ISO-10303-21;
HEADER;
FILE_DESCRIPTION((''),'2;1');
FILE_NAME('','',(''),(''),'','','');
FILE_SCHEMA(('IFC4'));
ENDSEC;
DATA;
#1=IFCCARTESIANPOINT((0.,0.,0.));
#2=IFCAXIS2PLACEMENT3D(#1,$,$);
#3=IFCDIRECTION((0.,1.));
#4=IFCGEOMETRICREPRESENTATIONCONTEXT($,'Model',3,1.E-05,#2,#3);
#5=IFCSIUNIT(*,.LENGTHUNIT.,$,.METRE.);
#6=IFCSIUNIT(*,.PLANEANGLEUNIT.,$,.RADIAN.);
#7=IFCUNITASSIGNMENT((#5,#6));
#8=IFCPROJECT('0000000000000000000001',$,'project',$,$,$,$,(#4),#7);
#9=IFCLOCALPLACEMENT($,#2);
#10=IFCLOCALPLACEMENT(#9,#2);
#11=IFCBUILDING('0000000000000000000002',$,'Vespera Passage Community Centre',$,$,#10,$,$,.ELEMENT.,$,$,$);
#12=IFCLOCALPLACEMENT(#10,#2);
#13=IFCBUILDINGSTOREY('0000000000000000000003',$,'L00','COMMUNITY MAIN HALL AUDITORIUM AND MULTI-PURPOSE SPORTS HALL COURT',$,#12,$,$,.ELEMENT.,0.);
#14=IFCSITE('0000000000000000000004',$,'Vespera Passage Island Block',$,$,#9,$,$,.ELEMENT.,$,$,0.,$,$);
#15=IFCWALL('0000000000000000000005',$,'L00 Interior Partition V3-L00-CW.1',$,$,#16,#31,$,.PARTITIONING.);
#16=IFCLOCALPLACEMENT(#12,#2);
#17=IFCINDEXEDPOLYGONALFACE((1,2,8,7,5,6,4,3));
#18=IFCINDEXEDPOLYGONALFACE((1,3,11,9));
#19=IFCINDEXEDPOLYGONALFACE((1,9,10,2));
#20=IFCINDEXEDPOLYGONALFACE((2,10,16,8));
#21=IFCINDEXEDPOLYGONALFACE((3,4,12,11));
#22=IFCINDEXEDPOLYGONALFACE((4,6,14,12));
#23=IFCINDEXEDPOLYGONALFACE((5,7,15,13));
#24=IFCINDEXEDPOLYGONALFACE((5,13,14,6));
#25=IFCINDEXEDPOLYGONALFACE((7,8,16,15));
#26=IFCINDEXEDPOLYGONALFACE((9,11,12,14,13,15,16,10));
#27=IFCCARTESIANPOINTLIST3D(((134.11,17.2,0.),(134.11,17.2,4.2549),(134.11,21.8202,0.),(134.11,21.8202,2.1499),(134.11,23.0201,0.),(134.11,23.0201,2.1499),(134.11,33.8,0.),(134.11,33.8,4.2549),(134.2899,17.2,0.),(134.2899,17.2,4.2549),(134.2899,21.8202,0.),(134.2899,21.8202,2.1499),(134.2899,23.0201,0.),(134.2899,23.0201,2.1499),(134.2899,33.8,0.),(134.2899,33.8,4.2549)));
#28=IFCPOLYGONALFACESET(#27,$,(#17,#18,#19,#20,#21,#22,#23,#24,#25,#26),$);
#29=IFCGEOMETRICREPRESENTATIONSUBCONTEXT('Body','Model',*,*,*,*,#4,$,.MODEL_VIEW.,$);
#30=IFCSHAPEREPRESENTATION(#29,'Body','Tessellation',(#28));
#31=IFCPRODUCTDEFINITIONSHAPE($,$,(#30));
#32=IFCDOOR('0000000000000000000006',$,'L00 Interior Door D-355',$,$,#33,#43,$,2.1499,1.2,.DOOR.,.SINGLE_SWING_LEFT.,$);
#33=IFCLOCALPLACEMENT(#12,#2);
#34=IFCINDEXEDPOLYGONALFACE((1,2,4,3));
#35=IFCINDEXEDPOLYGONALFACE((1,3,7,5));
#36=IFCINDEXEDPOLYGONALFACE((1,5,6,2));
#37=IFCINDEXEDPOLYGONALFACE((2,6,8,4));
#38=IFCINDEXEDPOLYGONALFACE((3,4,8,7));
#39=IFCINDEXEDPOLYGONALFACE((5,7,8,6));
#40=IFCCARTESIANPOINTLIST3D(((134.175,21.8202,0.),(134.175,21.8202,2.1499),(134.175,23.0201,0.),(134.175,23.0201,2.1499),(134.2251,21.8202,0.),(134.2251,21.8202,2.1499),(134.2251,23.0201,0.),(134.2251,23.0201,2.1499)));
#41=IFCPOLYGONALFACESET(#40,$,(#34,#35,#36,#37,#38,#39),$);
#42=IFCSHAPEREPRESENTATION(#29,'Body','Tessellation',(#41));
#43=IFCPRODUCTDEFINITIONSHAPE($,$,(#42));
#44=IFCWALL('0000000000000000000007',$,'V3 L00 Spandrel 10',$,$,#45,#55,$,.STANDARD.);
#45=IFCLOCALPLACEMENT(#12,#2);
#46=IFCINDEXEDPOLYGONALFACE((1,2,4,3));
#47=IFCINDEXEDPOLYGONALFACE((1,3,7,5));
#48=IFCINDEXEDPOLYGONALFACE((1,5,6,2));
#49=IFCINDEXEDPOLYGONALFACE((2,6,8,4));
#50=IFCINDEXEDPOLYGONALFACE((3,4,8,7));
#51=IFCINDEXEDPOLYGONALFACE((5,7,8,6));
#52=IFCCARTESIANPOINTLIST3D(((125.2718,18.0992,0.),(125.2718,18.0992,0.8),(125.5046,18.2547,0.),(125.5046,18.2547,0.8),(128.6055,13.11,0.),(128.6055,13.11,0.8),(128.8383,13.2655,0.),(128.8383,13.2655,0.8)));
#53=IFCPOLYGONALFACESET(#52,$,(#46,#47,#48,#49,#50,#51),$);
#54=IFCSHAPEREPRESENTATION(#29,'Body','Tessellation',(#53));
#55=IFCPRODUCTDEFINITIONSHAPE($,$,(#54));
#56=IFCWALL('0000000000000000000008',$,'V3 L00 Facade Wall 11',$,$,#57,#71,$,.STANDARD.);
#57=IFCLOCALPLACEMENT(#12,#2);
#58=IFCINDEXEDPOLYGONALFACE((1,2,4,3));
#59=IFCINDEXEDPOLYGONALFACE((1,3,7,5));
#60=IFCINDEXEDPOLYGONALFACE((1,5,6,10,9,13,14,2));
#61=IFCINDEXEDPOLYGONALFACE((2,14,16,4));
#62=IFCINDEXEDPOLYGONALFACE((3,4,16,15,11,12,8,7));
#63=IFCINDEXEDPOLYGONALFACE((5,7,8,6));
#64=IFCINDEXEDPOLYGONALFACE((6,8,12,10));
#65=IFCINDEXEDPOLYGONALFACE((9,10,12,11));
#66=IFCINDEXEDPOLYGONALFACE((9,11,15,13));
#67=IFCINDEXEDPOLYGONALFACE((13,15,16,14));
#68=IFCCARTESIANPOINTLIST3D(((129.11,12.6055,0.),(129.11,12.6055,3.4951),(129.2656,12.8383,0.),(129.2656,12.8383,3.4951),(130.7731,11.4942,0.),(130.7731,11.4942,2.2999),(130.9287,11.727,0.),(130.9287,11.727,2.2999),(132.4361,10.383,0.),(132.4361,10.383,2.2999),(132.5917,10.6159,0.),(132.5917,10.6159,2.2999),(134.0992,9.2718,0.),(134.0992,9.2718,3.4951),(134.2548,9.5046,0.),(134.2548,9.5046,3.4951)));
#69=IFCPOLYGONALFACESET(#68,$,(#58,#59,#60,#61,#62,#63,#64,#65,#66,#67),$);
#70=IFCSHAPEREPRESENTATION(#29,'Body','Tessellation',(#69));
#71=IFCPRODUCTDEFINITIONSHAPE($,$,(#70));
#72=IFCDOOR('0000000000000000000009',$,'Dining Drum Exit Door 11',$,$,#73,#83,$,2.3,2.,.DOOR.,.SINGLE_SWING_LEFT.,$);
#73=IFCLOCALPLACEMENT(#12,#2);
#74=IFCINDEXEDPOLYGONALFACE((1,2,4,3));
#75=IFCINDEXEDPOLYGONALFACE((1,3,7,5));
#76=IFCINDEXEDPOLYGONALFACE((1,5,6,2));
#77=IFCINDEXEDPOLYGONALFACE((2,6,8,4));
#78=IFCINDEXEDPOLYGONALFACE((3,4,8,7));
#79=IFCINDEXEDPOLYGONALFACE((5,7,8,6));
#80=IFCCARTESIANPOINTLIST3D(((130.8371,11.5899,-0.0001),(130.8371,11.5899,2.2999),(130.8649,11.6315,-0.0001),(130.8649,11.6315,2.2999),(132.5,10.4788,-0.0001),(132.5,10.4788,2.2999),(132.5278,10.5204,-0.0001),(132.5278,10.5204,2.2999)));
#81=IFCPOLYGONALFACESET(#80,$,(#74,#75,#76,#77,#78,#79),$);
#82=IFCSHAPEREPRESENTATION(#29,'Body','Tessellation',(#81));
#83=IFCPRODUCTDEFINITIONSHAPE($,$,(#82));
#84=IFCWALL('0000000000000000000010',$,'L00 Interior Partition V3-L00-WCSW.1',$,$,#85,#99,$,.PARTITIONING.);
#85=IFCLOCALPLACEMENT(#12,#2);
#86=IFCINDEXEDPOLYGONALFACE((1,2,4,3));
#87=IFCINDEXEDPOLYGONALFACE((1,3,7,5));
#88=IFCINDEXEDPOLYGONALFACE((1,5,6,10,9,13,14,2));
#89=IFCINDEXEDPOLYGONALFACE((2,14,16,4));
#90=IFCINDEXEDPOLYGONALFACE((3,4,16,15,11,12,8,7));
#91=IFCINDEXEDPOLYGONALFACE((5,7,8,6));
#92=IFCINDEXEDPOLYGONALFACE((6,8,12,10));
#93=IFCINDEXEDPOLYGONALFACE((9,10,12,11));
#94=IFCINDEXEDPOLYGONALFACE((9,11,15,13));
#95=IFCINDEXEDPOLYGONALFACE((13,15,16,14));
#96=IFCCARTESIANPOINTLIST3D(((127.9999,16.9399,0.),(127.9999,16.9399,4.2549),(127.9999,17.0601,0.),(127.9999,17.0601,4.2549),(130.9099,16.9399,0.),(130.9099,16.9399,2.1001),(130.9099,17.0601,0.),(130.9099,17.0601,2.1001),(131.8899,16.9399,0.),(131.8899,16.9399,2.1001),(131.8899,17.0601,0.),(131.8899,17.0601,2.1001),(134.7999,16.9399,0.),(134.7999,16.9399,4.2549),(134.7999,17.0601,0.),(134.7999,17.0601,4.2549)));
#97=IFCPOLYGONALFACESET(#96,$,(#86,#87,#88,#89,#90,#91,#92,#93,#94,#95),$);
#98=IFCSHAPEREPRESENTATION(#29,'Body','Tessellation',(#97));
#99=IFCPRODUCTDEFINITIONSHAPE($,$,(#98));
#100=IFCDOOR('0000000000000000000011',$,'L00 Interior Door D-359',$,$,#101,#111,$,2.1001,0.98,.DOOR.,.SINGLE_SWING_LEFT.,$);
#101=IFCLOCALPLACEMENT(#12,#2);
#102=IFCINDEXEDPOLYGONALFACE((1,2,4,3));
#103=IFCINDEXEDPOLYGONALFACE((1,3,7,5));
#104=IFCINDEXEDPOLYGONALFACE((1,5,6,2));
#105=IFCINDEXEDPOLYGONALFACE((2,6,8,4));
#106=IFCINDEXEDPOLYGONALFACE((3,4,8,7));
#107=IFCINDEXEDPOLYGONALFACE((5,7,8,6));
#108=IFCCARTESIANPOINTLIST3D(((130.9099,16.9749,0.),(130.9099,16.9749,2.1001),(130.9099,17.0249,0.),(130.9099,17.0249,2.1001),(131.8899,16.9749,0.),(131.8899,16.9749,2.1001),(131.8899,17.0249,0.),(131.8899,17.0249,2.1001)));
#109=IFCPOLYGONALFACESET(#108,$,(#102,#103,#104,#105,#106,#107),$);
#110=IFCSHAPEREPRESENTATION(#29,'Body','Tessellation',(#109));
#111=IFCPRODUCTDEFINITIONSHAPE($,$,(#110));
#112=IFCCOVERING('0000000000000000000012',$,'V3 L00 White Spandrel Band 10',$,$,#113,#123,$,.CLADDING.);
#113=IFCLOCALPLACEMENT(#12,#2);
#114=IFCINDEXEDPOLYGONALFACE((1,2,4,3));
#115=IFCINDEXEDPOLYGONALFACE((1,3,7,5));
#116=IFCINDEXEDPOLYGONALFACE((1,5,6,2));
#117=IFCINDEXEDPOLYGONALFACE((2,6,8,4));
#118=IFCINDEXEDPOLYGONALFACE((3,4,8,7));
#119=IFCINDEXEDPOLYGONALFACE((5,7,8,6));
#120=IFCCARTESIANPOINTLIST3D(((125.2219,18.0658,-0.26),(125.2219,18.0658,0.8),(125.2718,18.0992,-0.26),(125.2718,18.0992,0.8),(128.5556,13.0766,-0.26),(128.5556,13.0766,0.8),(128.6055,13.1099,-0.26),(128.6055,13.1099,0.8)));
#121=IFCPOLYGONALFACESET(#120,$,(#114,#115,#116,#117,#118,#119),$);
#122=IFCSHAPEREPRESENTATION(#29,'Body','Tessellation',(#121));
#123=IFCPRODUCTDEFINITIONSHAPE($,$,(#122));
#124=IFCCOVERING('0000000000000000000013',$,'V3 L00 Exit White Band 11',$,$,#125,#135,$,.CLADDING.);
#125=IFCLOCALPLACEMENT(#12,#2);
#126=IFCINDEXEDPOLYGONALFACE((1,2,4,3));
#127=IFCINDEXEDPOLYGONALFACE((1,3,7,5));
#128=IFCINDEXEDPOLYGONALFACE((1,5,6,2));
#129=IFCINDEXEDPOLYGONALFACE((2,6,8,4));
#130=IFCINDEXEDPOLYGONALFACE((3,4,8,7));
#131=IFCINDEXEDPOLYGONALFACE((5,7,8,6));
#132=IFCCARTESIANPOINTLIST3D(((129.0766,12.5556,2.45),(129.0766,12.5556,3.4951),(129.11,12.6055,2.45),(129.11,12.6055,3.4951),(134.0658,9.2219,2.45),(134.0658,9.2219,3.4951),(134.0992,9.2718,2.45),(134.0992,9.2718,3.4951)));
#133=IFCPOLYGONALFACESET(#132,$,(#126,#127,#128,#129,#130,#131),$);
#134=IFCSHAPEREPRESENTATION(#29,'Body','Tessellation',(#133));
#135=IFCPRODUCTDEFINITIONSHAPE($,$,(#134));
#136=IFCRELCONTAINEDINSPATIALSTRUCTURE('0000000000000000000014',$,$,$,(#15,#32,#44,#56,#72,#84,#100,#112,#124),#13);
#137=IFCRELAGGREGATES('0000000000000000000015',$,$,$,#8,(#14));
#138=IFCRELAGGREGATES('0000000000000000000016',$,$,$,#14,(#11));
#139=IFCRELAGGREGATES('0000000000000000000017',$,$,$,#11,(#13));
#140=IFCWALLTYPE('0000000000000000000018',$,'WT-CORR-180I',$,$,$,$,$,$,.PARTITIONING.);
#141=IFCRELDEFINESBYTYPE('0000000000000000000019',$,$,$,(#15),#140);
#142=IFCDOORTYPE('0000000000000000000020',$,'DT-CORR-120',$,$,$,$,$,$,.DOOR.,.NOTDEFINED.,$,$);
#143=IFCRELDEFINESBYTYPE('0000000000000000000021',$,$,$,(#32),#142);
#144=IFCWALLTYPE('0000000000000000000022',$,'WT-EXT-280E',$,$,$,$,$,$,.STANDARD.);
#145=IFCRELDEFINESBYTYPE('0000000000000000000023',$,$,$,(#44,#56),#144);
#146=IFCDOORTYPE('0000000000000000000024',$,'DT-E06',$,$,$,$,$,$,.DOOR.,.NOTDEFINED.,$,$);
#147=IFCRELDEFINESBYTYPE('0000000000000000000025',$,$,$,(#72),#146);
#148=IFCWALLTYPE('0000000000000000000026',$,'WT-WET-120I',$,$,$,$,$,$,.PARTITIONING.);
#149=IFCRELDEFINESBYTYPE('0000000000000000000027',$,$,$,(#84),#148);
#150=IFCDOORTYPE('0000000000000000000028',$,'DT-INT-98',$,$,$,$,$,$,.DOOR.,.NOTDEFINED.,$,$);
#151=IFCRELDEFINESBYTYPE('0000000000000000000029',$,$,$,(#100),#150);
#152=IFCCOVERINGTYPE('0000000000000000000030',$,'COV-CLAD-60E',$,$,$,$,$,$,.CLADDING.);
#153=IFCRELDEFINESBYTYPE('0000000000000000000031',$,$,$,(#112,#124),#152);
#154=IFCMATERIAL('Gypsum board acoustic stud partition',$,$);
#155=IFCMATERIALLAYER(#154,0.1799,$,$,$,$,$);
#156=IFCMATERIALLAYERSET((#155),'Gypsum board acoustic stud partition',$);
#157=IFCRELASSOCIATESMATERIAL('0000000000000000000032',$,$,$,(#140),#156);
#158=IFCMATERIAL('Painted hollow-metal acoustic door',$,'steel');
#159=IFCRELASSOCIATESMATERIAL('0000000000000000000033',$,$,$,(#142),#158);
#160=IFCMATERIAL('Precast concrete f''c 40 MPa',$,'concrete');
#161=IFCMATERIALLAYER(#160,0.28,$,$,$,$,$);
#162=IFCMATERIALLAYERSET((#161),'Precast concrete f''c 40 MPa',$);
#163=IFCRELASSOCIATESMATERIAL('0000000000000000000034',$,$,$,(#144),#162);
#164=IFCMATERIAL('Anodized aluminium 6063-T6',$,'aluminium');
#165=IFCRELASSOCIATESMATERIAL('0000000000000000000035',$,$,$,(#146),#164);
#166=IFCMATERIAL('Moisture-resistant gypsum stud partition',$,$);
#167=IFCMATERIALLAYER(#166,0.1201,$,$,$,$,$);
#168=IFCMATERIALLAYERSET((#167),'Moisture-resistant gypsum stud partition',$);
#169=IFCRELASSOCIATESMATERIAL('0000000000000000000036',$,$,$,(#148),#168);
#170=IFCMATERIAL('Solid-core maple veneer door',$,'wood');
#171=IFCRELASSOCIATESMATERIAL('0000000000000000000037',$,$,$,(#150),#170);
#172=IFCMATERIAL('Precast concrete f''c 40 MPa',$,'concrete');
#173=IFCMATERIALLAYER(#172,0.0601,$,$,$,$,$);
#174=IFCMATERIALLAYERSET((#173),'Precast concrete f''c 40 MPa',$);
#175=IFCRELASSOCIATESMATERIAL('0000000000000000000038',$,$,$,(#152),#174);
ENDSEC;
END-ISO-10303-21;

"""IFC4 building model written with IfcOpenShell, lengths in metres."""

from ifc_helpers import new_model, si_unit, direction, frame, frame_2d, origin, place, context, subcontext, project, spatial, rectangle, extrude, material, layer, layer_set, type_object, element, fill, save


model = new_model("IFC4")

# Units and contexts
model_context = context("Model", 3, precision=1e-05, world=origin(), true_north=direction((0.0, 1.0)))
body_context = subcontext(model_context, "Body", "Model", "MODEL_VIEW")
ifc_project = project(units=[si_unit("LENGTHUNIT", "METRE"), si_unit("PLANEANGLEUNIT", "RADIAN")], contexts=[model_context])

# Site, building, storey
site_placement = place(None, origin())
site = spatial("IfcSite", under=ifc_project, at=site_placement, Name="Vespera Passage Island Block", CompositionType="ELEMENT", RefElevation=0.0)
building_placement = place(site_placement, origin())
building = spatial("IfcBuilding", under=site, at=building_placement, Name="Vespera Passage Community Centre", CompositionType="ELEMENT")
storey_placement = place(building_placement, origin())
storey = spatial("IfcBuildingStorey", under=building, at=storey_placement, Name="L00", Description="COMMUNITY MAIN HALL AUDITORIUM AND MULTI-PURPOSE SPORTS HALL COURT", CompositionType="ELEMENT", Elevation=0.0)

# Wall, opening, door
ifc_material_1 = material(Name="Gypsum board acoustic stud partition")
ifc_layer_1 = layer(ifc_material_1, 0.1799)
ifc_layer_set_1 = layer_set([ifc_layer_1], Name="Gypsum board acoustic stud partition")
wall_type_1 = type_object("IfcWallType", Name="WT-CORR-180I", PredefinedType="PARTITIONING", material=ifc_layer_set_1)
wall_1_placement = place(storey_placement, frame((134.2, 17.2, 0.0), z_axis=(0.0, 0.0, 1.0), x_axis=(0.0, 1.0, 0.0)))
wall_1 = element("IfcWall", 1, at=wall_1_placement, inside=storey, type_object=wall_type_1, Name="L00 Interior Partition V3-L00-CW.1", PredefinedType="PARTITIONING", context=body_context, shape_type="SweptSolid", body=[
    extrude(rectangle(XDim=16.6001, YDim=0.1799, at=frame_2d((8.3, 0.0))), origin(), (0.0, 0.0, 1.0), 4.2549),
])
opening_1_placement = place(wall_1_placement, frame((4.6201, 0.0, 0.0)))
opening_1 = element("IfcOpeningElement", 2, at=opening_1_placement, cuts=wall_1, PredefinedType="OPENING", context=body_context, shape_type="SweptSolid", body=[
    extrude(rectangle(XDim=1.2, YDim=2.1499, at=frame_2d((0.6001, 1.075))), frame((0.0, 0.0999, 0.0), z_axis=(0.0, -1.0, 0.0), x_axis=(1.0, 0.0, 0.0)), (0.0, 0.0, 1.0), 0.2),
])
ifc_material_2 = material(Name="Painted hollow-metal acoustic door", Category="steel")
door_type_1 = type_object("IfcDoorType", Name="DT-CORR-120", OperationType="NOTDEFINED", PredefinedType="DOOR", material=ifc_material_2)
door_1_placement = place(opening_1_placement, origin())
door_1 = element("IfcDoor", 3, at=door_1_placement, inside=storey, type_object=door_type_1, Name="L00 Interior Door D-355", OperationType="SINGLE_SWING_LEFT", OverallHeight=2.1499, OverallWidth=1.2, PredefinedType="DOOR", context=body_context, shape_type="SweptSolid", body=[
    extrude(rectangle(XDim=1.2, YDim=2.1499, at=frame_2d((0.6001, 1.075))), frame((0.0, 0.0249, 0.0), z_axis=(0.0, -1.0, 0.0), x_axis=(1.0, 0.0, 0.0)), (0.0, 0.0, 1.0), 0.05),
])
fill(opening_1, door_1)

# Wall
ifc_material_3 = material(Name="Precast concrete f'c 40 MPa", Category="concrete")
ifc_layer_2 = layer(ifc_material_3, 0.28)
ifc_layer_set_2 = layer_set([ifc_layer_2], Name="Precast concrete f'c 40 MPa")
wall_type_2 = type_object("IfcWallType", Name="WT-EXT-280E", PredefinedType="STANDARD", material=ifc_layer_set_2)
wall_2_placement = place(storey_placement, frame((128.7219, 13.1877, 0.0), z_axis=(0.0, 0.0, 1.0), x_axis=(-0.555573, 0.831468, 0.0)))
element("IfcWall", 4, at=wall_2_placement, inside=storey, type_object=wall_type_2, Name="V3 L00 Spandrel 10", PredefinedType="STANDARD", context=body_context, shape_type="SweptSolid", body=[
    extrude(rectangle(XDim=6.0005, YDim=0.28, at=frame_2d((3.0002, 0.0))), origin(), (0.0, 0.0, 1.0), 0.8),
])

# Walls, openings, doors
wall_3_placement = place(storey_placement, frame((134.177, 9.3882, 0.0), z_axis=(0.0, 0.0, 1.0), x_axis=(-0.831468, 0.555573, 0.0)))
wall_3 = element("IfcWall", 5, at=wall_3_placement, inside=storey, type_object=wall_type_2, Name="V3 L00 Facade Wall 11", PredefinedType="STANDARD", context=body_context, shape_type="SweptSolid", body=[
    extrude(rectangle(XDim=6.0005, YDim=0.28, at=frame_2d((3.0002, 0.0))), origin(), (0.0, 0.0, 1.0), 3.4951),
])
opening_2_placement = place(wall_3_placement, frame((2.0002, 0.0, 0.0)))
opening_2 = element("IfcOpeningElement", 6, at=opening_2_placement, cuts=wall_3, PredefinedType="OPENING", context=body_context, shape_type="SweptSolid", body=[
    extrude(rectangle(XDim=2.0, YDim=2.3, at=frame_2d((1.0, 1.1499))), frame((0.0, 0.1501, 0.0), z_axis=(0.0, -1.0, 0.0), x_axis=(1.0, 0.0, 0.0)), (0.0, 0.0, 1.0), 0.3),
])
ifc_material_4 = material(Name="Anodized aluminium 6063-T6", Category="aluminium")
door_type_2 = type_object("IfcDoorType", Name="DT-E06", OperationType="NOTDEFINED", PredefinedType="DOOR", material=ifc_material_4)
door_2_placement = place(opening_2_placement, origin())
door_2 = element("IfcDoor", 7, at=door_2_placement, inside=storey, type_object=door_type_2, Name="Dining Drum Exit Door 11", OperationType="SINGLE_SWING_LEFT", OverallHeight=2.3, OverallWidth=2.0, PredefinedType="DOOR", context=body_context, shape_type="SweptSolid", body=[
    extrude(rectangle(XDim=2.0, YDim=2.3, at=frame_2d((1.0, 1.1499))), frame((0.0, 0.0249, 0.0), z_axis=(0.0, -1.0, 0.0), x_axis=(1.0, 0.0, 0.0)), (0.0, 0.0, 1.0), 0.05),
])
fill(opening_2, door_2)
ifc_material_5 = material(Name="Moisture-resistant gypsum stud partition")
ifc_layer_3 = layer(ifc_material_5, 0.1201)
ifc_layer_set_3 = layer_set([ifc_layer_3], Name="Moisture-resistant gypsum stud partition")
wall_type_3 = type_object("IfcWallType", Name="WT-WET-120I", PredefinedType="PARTITIONING", material=ifc_layer_set_3)
wall_4_placement = place(storey_placement, frame((128.0, 17.0, 0.0), z_axis=(0.0, 0.0, 1.0), x_axis=(1.0, 0.0, 0.0)))
wall_4 = element("IfcWall", 8, at=wall_4_placement, inside=storey, type_object=wall_type_3, Name="L00 Interior Partition V3-L00-WCSW.1", PredefinedType="PARTITIONING", context=body_context, shape_type="SweptSolid", body=[
    extrude(rectangle(XDim=6.8, YDim=0.1201, at=frame_2d((3.3999, 0.0))), origin(), (0.0, 0.0, 1.0), 4.2549),
])
opening_3_placement = place(wall_4_placement, frame((2.9099, 0.0, 0.0)))
opening_3 = element("IfcOpeningElement", 9, at=opening_3_placement, cuts=wall_4, PredefinedType="OPENING", context=body_context, shape_type="SweptSolid", body=[
    extrude(rectangle(XDim=0.98, YDim=2.1001, at=frame_2d((0.49, 1.05))), frame((0.0, 0.0701, 0.0), z_axis=(0.0, -1.0, 0.0), x_axis=(1.0, 0.0, 0.0)), (0.0, 0.0, 1.0), 0.1401),
])
ifc_material_6 = material(Name="Solid-core maple veneer door", Category="wood")
door_type_3 = type_object("IfcDoorType", Name="DT-INT-98", OperationType="NOTDEFINED", PredefinedType="DOOR", material=ifc_material_6)
door_3_placement = place(opening_3_placement, origin())
door_3 = element("IfcDoor", 10, at=door_3_placement, inside=storey, type_object=door_type_3, Name="L00 Interior Door D-359", OperationType="SINGLE_SWING_LEFT", OverallHeight=2.1001, OverallWidth=0.98, PredefinedType="DOOR", context=body_context, shape_type="SweptSolid", body=[
    extrude(rectangle(XDim=0.98, YDim=2.1001, at=frame_2d((0.49, 1.05))), frame((0.0, 0.0249, 0.0), z_axis=(0.0, -1.0, 0.0), x_axis=(1.0, 0.0, 0.0)), (0.0, 0.0, 1.0), 0.05),
])
fill(opening_3, door_3)

# Coverings
ifc_material_7 = material(Name="Precast concrete f'c 40 MPa", Category="concrete")
ifc_layer_4 = layer(ifc_material_7, 0.0601)
ifc_layer_set_4 = layer_set([ifc_layer_4], Name="Precast concrete f'c 40 MPa")
covering_type = type_object("IfcCoveringType", Name="COV-CLAD-60E", PredefinedType="CLADDING", material=ifc_layer_set_4)
covering_1_placement = place(storey_placement, frame((128.5806, 13.0933, -0.26), z_axis=(0.0, 0.0, 1.0), x_axis=(-0.555573, 0.831468, 0.0)))
element("IfcCovering", 11, at=covering_1_placement, inside=storey, type_object=covering_type, Name="V3 L00 White Spandrel Band 10", PredefinedType="CLADDING", context=body_context, shape_type="SweptSolid", body=[
    extrude(rectangle(XDim=6.0005, YDim=0.0601, at=frame_2d((3.0002, 0.0))), origin(), (0.0, 0.0, 1.0), 1.0601),
])
covering_2_placement = place(storey_placement, frame((134.0825, 9.2468, 2.45), z_axis=(0.0, 0.0, 1.0), x_axis=(-0.831468, 0.555573, 0.0)))
element("IfcCovering", 12, at=covering_2_placement, inside=storey, type_object=covering_type, Name="V3 L00 Exit White Band 11", PredefinedType="CLADDING", context=body_context, shape_type="SweptSolid", body=[
    extrude(rectangle(XDim=6.0005, YDim=0.0601, at=frame_2d((3.0002, 0.0))), origin(), (0.0, 0.0, 1.0), 1.0452),
])

save(model, "model.ifc")
